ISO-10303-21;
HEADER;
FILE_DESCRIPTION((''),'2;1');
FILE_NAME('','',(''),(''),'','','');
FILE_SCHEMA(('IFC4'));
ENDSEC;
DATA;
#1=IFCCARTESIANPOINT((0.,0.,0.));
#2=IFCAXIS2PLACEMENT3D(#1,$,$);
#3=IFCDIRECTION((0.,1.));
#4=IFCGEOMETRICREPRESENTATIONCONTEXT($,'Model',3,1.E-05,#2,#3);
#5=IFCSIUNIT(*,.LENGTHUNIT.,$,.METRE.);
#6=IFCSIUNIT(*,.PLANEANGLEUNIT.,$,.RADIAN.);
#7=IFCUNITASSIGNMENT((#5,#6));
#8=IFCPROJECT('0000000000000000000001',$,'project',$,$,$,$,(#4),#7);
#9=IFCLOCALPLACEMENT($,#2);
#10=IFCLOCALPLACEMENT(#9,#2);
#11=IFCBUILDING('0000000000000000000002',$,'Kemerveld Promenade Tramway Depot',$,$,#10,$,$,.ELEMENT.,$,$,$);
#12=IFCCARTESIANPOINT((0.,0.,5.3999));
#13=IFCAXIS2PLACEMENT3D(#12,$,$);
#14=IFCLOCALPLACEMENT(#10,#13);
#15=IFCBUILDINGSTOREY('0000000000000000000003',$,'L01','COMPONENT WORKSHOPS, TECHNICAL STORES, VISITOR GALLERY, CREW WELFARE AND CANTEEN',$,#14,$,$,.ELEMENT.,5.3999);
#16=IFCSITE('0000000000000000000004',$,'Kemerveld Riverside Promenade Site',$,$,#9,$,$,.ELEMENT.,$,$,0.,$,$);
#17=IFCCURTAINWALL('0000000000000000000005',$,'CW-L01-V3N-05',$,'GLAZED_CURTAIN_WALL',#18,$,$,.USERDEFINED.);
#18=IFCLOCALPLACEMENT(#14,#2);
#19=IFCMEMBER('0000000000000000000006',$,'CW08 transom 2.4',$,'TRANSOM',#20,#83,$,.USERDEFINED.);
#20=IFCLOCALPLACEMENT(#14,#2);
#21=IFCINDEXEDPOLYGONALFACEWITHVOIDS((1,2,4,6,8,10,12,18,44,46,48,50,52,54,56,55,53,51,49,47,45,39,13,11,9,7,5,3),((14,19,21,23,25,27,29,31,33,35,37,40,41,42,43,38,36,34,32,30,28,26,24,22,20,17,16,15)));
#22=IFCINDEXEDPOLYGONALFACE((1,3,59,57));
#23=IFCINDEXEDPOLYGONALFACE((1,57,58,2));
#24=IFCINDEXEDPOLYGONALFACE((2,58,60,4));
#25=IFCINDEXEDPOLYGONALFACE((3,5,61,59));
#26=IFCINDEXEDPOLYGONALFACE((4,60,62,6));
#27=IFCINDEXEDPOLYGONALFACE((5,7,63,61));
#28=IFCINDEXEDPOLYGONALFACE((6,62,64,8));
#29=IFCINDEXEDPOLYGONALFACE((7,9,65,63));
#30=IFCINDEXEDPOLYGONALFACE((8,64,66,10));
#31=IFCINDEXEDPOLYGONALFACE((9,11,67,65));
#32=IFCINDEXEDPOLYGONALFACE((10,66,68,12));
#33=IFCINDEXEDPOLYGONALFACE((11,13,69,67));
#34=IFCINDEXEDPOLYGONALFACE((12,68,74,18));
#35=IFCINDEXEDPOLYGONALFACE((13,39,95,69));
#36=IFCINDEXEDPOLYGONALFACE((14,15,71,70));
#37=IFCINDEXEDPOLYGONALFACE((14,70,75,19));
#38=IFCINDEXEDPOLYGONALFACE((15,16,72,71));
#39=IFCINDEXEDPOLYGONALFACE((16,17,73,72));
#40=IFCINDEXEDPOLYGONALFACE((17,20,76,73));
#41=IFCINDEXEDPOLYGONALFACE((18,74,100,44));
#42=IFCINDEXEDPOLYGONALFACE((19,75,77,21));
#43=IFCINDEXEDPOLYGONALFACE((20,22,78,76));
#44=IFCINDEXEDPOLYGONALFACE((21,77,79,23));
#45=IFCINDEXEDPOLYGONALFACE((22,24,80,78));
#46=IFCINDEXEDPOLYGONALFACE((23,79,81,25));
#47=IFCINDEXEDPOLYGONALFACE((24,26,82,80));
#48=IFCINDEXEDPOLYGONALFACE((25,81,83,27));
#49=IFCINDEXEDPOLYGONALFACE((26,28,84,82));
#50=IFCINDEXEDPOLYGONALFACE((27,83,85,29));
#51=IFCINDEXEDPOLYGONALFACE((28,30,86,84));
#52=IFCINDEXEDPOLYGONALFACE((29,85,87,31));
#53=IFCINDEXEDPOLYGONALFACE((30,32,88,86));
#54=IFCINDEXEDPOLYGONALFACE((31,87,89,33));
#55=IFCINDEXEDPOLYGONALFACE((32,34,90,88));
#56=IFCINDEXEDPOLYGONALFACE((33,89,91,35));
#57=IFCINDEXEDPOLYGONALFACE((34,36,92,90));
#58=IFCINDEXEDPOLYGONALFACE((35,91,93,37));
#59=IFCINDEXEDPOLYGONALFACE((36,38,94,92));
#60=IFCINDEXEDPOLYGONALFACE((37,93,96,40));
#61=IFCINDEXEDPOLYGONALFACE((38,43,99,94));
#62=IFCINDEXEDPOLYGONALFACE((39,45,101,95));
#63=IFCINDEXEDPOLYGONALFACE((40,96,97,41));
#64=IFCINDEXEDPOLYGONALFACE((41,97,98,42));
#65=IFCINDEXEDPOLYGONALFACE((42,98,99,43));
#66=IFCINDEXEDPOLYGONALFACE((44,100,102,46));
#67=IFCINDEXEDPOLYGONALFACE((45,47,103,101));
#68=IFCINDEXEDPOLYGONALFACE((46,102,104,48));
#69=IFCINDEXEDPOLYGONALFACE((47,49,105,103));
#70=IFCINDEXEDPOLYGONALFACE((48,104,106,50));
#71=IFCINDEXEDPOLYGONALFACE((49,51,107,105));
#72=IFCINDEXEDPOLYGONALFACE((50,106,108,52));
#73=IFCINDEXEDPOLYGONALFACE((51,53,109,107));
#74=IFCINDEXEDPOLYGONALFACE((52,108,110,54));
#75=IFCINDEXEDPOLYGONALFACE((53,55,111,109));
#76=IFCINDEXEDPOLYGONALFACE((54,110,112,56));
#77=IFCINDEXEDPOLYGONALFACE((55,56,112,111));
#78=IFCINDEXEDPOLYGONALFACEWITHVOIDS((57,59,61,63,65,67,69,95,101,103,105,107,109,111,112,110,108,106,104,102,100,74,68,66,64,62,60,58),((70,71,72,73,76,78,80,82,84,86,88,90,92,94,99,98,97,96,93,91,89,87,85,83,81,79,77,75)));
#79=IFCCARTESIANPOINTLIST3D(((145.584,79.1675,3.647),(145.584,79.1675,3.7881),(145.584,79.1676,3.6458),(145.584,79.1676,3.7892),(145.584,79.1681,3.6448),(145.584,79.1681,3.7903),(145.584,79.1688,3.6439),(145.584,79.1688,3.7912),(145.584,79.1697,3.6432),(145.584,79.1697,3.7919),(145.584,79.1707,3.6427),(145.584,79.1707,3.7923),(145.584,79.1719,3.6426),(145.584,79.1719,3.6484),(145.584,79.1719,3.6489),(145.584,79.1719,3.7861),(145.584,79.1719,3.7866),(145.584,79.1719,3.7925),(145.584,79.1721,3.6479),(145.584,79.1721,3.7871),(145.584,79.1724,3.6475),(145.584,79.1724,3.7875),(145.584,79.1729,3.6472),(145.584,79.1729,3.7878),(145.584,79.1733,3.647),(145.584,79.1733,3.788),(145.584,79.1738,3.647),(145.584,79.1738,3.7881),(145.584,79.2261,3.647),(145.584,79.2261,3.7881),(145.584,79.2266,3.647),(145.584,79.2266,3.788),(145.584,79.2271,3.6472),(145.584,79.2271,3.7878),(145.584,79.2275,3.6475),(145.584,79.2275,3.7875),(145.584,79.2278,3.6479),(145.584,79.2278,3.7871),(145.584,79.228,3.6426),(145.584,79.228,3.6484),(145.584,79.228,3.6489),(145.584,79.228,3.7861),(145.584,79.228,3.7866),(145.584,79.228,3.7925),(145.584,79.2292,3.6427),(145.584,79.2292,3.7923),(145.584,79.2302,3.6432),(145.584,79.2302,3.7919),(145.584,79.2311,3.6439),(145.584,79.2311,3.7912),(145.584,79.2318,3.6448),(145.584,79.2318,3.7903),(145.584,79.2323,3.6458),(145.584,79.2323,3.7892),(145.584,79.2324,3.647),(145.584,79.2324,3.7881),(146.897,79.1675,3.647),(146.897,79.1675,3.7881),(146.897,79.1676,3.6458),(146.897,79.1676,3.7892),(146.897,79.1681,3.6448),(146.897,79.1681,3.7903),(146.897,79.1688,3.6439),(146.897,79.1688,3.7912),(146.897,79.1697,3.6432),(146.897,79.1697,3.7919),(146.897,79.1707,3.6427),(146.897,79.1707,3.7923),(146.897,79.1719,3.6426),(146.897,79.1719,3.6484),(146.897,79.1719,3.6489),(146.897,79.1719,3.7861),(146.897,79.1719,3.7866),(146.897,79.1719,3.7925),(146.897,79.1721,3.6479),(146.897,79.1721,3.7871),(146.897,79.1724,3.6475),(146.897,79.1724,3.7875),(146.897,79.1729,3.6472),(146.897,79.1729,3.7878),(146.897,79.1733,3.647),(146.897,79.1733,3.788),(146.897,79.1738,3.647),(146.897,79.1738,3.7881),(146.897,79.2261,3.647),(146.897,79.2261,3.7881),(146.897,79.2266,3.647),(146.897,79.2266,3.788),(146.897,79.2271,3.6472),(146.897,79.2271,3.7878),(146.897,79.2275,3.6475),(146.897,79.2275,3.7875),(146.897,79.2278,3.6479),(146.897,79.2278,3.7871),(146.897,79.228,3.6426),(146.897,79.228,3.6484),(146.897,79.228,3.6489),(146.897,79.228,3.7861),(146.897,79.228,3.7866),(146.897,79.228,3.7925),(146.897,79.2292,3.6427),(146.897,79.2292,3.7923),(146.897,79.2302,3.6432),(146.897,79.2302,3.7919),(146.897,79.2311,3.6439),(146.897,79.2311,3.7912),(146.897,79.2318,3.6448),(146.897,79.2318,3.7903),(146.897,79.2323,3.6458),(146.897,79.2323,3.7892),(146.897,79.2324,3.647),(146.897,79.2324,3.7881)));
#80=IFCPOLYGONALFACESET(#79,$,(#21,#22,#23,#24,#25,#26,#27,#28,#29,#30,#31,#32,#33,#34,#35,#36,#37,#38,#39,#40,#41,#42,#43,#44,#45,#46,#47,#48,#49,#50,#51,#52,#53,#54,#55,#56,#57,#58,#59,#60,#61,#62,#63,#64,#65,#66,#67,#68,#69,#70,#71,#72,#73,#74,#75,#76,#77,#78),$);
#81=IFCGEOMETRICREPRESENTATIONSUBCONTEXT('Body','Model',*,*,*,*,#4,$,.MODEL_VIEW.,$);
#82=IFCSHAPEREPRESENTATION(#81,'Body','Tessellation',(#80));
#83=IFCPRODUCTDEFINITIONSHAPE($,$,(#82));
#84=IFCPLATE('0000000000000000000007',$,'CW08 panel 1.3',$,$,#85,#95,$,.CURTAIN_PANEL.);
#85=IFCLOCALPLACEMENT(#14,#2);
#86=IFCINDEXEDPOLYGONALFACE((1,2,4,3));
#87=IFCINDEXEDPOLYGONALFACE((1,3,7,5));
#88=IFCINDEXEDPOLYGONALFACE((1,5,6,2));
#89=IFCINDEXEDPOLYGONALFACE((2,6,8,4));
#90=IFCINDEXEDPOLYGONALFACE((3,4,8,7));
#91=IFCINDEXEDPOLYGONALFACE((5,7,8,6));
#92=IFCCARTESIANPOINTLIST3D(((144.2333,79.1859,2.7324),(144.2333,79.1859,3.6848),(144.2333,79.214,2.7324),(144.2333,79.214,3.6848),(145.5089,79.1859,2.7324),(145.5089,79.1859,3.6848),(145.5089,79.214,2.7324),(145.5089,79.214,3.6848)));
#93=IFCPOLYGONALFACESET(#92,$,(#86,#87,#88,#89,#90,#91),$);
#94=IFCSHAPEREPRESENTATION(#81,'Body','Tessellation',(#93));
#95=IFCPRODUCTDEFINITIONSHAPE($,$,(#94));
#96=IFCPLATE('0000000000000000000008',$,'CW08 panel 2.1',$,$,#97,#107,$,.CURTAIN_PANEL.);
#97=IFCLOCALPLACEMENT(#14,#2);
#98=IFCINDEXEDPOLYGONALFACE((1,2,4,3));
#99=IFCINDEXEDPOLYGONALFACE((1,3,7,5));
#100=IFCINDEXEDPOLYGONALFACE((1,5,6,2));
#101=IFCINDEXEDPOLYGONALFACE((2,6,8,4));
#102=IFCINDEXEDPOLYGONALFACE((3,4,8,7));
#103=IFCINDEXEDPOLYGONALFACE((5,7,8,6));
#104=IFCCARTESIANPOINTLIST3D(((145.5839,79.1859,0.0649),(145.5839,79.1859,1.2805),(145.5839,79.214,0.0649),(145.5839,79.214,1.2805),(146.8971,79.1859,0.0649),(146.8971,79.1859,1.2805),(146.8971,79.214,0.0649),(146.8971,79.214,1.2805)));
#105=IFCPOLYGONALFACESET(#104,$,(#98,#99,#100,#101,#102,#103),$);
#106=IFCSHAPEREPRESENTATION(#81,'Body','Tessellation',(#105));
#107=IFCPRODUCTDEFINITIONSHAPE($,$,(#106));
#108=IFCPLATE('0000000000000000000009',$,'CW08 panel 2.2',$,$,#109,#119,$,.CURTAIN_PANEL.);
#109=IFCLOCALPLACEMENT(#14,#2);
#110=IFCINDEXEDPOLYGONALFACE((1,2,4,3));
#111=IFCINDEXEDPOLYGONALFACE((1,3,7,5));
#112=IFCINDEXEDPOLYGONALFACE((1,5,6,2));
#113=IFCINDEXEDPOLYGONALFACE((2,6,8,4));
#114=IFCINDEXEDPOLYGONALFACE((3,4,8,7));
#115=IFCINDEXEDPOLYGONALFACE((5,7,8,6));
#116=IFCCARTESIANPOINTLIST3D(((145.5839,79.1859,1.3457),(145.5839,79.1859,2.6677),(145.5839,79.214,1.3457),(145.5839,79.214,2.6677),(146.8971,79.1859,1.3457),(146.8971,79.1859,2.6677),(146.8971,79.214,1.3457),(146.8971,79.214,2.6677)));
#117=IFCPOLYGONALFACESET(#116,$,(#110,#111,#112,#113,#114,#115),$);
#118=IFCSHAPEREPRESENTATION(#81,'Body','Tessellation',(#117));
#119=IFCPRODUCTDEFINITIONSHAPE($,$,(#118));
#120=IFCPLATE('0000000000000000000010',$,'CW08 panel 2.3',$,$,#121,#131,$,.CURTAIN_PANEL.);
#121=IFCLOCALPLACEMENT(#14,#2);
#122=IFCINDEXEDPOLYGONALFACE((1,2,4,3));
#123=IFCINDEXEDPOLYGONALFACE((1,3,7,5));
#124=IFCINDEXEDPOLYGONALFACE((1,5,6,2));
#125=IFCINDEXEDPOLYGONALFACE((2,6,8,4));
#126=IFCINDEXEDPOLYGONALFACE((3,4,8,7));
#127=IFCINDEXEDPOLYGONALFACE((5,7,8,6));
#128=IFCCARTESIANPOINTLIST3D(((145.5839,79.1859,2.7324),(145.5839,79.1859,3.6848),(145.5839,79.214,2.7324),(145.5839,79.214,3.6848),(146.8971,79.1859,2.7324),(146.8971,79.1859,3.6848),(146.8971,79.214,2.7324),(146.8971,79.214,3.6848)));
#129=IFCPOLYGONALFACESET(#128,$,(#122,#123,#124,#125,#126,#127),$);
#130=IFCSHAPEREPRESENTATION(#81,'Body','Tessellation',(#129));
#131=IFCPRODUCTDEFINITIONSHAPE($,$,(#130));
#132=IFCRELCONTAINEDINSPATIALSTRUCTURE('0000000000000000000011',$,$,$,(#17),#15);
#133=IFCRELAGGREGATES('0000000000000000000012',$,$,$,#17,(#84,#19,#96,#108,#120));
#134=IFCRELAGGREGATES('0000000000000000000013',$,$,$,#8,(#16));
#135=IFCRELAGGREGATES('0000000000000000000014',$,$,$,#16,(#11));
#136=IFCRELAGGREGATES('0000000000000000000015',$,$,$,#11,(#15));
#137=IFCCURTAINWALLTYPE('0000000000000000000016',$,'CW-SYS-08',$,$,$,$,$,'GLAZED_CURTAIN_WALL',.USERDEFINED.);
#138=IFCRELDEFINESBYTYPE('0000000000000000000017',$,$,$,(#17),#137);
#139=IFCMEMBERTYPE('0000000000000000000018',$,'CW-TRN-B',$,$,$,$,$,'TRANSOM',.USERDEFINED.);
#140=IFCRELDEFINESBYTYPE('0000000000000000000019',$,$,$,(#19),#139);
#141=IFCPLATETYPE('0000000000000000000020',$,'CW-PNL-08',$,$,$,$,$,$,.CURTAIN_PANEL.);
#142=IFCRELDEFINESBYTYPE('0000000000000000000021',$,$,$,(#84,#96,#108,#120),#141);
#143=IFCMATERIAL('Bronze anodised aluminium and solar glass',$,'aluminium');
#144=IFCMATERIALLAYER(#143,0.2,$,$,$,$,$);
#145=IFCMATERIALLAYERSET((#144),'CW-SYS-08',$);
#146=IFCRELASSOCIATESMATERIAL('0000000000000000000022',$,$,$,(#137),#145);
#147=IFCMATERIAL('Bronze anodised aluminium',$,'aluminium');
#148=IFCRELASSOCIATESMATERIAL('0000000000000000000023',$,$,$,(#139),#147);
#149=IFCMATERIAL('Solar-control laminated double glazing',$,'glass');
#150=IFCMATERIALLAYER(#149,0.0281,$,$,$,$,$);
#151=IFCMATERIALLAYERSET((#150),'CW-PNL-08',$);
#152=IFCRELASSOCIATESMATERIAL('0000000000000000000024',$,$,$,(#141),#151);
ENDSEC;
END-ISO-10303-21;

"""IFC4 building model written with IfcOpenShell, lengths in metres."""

from ifc_helpers import new_model, si_unit, direction, frame, origin, origin_2d, place, context, subcontext, project, spatial, rectangle, hollow_rectangle, extrude, material, layer, layer_set, material_profile, profile_set, type_object, element, aggregate, save


model = new_model("IFC4")

# Units and contexts
model_context = context("Model", 3, precision=1e-05, world=origin(), true_north=direction((0.0, 1.0)))
body_context = subcontext(model_context, "Body", "Model", "MODEL_VIEW")
ifc_project = project(units=[si_unit("LENGTHUNIT", "METRE"), si_unit("PLANEANGLEUNIT", "RADIAN")], contexts=[model_context])

# Site, building, storey
site_placement = place(None, origin())
site = spatial("IfcSite", under=ifc_project, at=site_placement, Name="Kemerveld Riverside Promenade Site", CompositionType="ELEMENT", RefElevation=0.0)
building_placement = place(site_placement, origin())
building = spatial("IfcBuilding", under=site, at=building_placement, Name="Kemerveld Promenade Tramway Depot", CompositionType="ELEMENT")
storey_placement = place(building_placement, frame((0.0, 0.0, 5.3999)))
storey = spatial("IfcBuildingStorey", under=building, at=storey_placement, Name="L01", Description="COMPONENT WORKSHOPS, TECHNICAL STORES, VISITOR GALLERY, CREW WELFARE AND CANTEEN", CompositionType="ELEMENT", Elevation=5.3999)

# Curtain wall, member, plates
ifc_material_1 = material(Name="Bronze anodised aluminium and solar glass", Category="aluminium")
ifc_layer_1 = layer(ifc_material_1, 0.2)
ifc_layer_set_1 = layer_set([ifc_layer_1], Name="CW-SYS-08")
curtain_wall_type = type_object("IfcCurtainWallType", Name="CW-SYS-08", ElementType="GLAZED_CURTAIN_WALL", PredefinedType="USERDEFINED", material=ifc_layer_set_1)
curtain_wall_placement = place(storey_placement, origin())
curtain_wall = element("IfcCurtainWall", 1, at=curtain_wall_placement, inside=storey, type_object=curtain_wall_type, Name="CW-L01-V3N-05", ObjectType="GLAZED_CURTAIN_WALL", PredefinedType="USERDEFINED")
ifc_material_2 = material(Name="Bronze anodised aluminium", Category="aluminium")
ifc_material_profile_1 = material_profile(ifc_material_2, hollow_rectangle(XDim=0.0649, YDim=0.1499, WallThickness=0.0044, InnerFilletRadius=0.002, OuterFilletRadius=0.0044, at=origin_2d()), Name="CW-TRN-150x65")
ifc_profile_set_1 = profile_set([ifc_material_profile_1], Name="Bronze anodised aluminium")
member_type_1 = type_object("IfcMemberType", Name="CW-TRN-B", ElementType="TRANSOM", PredefinedType="USERDEFINED", material=ifc_profile_set_1)
member_1_placement = place(storey_placement, frame((145.584, 79.2, 3.7175), z_axis=(1.0, 0.0, 0.0), x_axis=(0.0, 1.0, 0.0)))
member_1 = element("IfcMember", 2, at=member_1_placement, type_object=member_type_1, Name="CW08 transom 2.4", ObjectType="TRANSOM", PredefinedType="USERDEFINED", context=body_context, shape_type="SweptSolid", body=[
    extrude(hollow_rectangle(XDim=0.0649, YDim=0.1499, WallThickness=0.0044, InnerFilletRadius=0.002, OuterFilletRadius=0.0044, at=origin_2d()), origin(), (0.0, 0.0, 1.0), 1.313),
])
ifc_material_3 = material(Name="Solar-control laminated double glazing", Category="glass")
ifc_layer_2 = layer(ifc_material_3, 0.0281)
ifc_layer_set_2 = layer_set([ifc_layer_2], Name="CW-PNL-08")
plate_type = type_object("IfcPlateType", Name="CW-PNL-08", PredefinedType="CURTAIN_PANEL", material=ifc_layer_set_2)
plate_1_placement = place(storey_placement, frame((144.8711, 79.2, 2.7324), z_axis=(0.0, 0.0, 1.0), x_axis=(1.0, 0.0, 0.0)))
plate_1 = element("IfcPlate", 3, at=plate_1_placement, type_object=plate_type, Name="CW08 panel 1.3", PredefinedType="CURTAIN_PANEL", context=body_context, shape_type="SweptSolid", body=[
    extrude(rectangle(XDim=1.2756, YDim=0.0281, at=origin_2d()), origin(), (0.0, 0.0, 1.0), 0.9524),
])
plate_2_placement = place(storey_placement, frame((146.2405, 79.2, 0.0649), z_axis=(0.0, 0.0, 1.0), x_axis=(1.0, 0.0, 0.0)))
plate_2 = element("IfcPlate", 4, at=plate_2_placement, type_object=plate_type, Name="CW08 panel 2.1", PredefinedType="CURTAIN_PANEL", context=body_context, shape_type="SweptSolid", body=[
    extrude(rectangle(XDim=1.3132, YDim=0.0281, at=origin_2d()), origin(), (0.0, 0.0, 1.0), 1.2156),
])
plate_3_placement = place(storey_placement, frame((146.2405, 79.2, 1.3457), z_axis=(0.0, 0.0, 1.0), x_axis=(1.0, 0.0, 0.0)))
plate_3 = element("IfcPlate", 5, at=plate_3_placement, type_object=plate_type, Name="CW08 panel 2.2", PredefinedType="CURTAIN_PANEL", context=body_context, shape_type="SweptSolid", body=[
    extrude(rectangle(XDim=1.3132, YDim=0.0281, at=origin_2d()), origin(), (0.0, 0.0, 1.0), 1.322),
])
plate_4_placement = place(storey_placement, frame((146.2405, 79.2, 2.7324), z_axis=(0.0, 0.0, 1.0), x_axis=(1.0, 0.0, 0.0)))
plate_4 = element("IfcPlate", 6, at=plate_4_placement, type_object=plate_type, Name="CW08 panel 2.3", PredefinedType="CURTAIN_PANEL", context=body_context, shape_type="SweptSolid", body=[
    extrude(rectangle(XDim=1.3132, YDim=0.0281, at=origin_2d()), origin(), (0.0, 0.0, 1.0), 0.9524),
])
aggregate(curtain_wall, [plate_1, member_1, plate_2, plate_3, plate_4])

save(model, "model.ifc")
